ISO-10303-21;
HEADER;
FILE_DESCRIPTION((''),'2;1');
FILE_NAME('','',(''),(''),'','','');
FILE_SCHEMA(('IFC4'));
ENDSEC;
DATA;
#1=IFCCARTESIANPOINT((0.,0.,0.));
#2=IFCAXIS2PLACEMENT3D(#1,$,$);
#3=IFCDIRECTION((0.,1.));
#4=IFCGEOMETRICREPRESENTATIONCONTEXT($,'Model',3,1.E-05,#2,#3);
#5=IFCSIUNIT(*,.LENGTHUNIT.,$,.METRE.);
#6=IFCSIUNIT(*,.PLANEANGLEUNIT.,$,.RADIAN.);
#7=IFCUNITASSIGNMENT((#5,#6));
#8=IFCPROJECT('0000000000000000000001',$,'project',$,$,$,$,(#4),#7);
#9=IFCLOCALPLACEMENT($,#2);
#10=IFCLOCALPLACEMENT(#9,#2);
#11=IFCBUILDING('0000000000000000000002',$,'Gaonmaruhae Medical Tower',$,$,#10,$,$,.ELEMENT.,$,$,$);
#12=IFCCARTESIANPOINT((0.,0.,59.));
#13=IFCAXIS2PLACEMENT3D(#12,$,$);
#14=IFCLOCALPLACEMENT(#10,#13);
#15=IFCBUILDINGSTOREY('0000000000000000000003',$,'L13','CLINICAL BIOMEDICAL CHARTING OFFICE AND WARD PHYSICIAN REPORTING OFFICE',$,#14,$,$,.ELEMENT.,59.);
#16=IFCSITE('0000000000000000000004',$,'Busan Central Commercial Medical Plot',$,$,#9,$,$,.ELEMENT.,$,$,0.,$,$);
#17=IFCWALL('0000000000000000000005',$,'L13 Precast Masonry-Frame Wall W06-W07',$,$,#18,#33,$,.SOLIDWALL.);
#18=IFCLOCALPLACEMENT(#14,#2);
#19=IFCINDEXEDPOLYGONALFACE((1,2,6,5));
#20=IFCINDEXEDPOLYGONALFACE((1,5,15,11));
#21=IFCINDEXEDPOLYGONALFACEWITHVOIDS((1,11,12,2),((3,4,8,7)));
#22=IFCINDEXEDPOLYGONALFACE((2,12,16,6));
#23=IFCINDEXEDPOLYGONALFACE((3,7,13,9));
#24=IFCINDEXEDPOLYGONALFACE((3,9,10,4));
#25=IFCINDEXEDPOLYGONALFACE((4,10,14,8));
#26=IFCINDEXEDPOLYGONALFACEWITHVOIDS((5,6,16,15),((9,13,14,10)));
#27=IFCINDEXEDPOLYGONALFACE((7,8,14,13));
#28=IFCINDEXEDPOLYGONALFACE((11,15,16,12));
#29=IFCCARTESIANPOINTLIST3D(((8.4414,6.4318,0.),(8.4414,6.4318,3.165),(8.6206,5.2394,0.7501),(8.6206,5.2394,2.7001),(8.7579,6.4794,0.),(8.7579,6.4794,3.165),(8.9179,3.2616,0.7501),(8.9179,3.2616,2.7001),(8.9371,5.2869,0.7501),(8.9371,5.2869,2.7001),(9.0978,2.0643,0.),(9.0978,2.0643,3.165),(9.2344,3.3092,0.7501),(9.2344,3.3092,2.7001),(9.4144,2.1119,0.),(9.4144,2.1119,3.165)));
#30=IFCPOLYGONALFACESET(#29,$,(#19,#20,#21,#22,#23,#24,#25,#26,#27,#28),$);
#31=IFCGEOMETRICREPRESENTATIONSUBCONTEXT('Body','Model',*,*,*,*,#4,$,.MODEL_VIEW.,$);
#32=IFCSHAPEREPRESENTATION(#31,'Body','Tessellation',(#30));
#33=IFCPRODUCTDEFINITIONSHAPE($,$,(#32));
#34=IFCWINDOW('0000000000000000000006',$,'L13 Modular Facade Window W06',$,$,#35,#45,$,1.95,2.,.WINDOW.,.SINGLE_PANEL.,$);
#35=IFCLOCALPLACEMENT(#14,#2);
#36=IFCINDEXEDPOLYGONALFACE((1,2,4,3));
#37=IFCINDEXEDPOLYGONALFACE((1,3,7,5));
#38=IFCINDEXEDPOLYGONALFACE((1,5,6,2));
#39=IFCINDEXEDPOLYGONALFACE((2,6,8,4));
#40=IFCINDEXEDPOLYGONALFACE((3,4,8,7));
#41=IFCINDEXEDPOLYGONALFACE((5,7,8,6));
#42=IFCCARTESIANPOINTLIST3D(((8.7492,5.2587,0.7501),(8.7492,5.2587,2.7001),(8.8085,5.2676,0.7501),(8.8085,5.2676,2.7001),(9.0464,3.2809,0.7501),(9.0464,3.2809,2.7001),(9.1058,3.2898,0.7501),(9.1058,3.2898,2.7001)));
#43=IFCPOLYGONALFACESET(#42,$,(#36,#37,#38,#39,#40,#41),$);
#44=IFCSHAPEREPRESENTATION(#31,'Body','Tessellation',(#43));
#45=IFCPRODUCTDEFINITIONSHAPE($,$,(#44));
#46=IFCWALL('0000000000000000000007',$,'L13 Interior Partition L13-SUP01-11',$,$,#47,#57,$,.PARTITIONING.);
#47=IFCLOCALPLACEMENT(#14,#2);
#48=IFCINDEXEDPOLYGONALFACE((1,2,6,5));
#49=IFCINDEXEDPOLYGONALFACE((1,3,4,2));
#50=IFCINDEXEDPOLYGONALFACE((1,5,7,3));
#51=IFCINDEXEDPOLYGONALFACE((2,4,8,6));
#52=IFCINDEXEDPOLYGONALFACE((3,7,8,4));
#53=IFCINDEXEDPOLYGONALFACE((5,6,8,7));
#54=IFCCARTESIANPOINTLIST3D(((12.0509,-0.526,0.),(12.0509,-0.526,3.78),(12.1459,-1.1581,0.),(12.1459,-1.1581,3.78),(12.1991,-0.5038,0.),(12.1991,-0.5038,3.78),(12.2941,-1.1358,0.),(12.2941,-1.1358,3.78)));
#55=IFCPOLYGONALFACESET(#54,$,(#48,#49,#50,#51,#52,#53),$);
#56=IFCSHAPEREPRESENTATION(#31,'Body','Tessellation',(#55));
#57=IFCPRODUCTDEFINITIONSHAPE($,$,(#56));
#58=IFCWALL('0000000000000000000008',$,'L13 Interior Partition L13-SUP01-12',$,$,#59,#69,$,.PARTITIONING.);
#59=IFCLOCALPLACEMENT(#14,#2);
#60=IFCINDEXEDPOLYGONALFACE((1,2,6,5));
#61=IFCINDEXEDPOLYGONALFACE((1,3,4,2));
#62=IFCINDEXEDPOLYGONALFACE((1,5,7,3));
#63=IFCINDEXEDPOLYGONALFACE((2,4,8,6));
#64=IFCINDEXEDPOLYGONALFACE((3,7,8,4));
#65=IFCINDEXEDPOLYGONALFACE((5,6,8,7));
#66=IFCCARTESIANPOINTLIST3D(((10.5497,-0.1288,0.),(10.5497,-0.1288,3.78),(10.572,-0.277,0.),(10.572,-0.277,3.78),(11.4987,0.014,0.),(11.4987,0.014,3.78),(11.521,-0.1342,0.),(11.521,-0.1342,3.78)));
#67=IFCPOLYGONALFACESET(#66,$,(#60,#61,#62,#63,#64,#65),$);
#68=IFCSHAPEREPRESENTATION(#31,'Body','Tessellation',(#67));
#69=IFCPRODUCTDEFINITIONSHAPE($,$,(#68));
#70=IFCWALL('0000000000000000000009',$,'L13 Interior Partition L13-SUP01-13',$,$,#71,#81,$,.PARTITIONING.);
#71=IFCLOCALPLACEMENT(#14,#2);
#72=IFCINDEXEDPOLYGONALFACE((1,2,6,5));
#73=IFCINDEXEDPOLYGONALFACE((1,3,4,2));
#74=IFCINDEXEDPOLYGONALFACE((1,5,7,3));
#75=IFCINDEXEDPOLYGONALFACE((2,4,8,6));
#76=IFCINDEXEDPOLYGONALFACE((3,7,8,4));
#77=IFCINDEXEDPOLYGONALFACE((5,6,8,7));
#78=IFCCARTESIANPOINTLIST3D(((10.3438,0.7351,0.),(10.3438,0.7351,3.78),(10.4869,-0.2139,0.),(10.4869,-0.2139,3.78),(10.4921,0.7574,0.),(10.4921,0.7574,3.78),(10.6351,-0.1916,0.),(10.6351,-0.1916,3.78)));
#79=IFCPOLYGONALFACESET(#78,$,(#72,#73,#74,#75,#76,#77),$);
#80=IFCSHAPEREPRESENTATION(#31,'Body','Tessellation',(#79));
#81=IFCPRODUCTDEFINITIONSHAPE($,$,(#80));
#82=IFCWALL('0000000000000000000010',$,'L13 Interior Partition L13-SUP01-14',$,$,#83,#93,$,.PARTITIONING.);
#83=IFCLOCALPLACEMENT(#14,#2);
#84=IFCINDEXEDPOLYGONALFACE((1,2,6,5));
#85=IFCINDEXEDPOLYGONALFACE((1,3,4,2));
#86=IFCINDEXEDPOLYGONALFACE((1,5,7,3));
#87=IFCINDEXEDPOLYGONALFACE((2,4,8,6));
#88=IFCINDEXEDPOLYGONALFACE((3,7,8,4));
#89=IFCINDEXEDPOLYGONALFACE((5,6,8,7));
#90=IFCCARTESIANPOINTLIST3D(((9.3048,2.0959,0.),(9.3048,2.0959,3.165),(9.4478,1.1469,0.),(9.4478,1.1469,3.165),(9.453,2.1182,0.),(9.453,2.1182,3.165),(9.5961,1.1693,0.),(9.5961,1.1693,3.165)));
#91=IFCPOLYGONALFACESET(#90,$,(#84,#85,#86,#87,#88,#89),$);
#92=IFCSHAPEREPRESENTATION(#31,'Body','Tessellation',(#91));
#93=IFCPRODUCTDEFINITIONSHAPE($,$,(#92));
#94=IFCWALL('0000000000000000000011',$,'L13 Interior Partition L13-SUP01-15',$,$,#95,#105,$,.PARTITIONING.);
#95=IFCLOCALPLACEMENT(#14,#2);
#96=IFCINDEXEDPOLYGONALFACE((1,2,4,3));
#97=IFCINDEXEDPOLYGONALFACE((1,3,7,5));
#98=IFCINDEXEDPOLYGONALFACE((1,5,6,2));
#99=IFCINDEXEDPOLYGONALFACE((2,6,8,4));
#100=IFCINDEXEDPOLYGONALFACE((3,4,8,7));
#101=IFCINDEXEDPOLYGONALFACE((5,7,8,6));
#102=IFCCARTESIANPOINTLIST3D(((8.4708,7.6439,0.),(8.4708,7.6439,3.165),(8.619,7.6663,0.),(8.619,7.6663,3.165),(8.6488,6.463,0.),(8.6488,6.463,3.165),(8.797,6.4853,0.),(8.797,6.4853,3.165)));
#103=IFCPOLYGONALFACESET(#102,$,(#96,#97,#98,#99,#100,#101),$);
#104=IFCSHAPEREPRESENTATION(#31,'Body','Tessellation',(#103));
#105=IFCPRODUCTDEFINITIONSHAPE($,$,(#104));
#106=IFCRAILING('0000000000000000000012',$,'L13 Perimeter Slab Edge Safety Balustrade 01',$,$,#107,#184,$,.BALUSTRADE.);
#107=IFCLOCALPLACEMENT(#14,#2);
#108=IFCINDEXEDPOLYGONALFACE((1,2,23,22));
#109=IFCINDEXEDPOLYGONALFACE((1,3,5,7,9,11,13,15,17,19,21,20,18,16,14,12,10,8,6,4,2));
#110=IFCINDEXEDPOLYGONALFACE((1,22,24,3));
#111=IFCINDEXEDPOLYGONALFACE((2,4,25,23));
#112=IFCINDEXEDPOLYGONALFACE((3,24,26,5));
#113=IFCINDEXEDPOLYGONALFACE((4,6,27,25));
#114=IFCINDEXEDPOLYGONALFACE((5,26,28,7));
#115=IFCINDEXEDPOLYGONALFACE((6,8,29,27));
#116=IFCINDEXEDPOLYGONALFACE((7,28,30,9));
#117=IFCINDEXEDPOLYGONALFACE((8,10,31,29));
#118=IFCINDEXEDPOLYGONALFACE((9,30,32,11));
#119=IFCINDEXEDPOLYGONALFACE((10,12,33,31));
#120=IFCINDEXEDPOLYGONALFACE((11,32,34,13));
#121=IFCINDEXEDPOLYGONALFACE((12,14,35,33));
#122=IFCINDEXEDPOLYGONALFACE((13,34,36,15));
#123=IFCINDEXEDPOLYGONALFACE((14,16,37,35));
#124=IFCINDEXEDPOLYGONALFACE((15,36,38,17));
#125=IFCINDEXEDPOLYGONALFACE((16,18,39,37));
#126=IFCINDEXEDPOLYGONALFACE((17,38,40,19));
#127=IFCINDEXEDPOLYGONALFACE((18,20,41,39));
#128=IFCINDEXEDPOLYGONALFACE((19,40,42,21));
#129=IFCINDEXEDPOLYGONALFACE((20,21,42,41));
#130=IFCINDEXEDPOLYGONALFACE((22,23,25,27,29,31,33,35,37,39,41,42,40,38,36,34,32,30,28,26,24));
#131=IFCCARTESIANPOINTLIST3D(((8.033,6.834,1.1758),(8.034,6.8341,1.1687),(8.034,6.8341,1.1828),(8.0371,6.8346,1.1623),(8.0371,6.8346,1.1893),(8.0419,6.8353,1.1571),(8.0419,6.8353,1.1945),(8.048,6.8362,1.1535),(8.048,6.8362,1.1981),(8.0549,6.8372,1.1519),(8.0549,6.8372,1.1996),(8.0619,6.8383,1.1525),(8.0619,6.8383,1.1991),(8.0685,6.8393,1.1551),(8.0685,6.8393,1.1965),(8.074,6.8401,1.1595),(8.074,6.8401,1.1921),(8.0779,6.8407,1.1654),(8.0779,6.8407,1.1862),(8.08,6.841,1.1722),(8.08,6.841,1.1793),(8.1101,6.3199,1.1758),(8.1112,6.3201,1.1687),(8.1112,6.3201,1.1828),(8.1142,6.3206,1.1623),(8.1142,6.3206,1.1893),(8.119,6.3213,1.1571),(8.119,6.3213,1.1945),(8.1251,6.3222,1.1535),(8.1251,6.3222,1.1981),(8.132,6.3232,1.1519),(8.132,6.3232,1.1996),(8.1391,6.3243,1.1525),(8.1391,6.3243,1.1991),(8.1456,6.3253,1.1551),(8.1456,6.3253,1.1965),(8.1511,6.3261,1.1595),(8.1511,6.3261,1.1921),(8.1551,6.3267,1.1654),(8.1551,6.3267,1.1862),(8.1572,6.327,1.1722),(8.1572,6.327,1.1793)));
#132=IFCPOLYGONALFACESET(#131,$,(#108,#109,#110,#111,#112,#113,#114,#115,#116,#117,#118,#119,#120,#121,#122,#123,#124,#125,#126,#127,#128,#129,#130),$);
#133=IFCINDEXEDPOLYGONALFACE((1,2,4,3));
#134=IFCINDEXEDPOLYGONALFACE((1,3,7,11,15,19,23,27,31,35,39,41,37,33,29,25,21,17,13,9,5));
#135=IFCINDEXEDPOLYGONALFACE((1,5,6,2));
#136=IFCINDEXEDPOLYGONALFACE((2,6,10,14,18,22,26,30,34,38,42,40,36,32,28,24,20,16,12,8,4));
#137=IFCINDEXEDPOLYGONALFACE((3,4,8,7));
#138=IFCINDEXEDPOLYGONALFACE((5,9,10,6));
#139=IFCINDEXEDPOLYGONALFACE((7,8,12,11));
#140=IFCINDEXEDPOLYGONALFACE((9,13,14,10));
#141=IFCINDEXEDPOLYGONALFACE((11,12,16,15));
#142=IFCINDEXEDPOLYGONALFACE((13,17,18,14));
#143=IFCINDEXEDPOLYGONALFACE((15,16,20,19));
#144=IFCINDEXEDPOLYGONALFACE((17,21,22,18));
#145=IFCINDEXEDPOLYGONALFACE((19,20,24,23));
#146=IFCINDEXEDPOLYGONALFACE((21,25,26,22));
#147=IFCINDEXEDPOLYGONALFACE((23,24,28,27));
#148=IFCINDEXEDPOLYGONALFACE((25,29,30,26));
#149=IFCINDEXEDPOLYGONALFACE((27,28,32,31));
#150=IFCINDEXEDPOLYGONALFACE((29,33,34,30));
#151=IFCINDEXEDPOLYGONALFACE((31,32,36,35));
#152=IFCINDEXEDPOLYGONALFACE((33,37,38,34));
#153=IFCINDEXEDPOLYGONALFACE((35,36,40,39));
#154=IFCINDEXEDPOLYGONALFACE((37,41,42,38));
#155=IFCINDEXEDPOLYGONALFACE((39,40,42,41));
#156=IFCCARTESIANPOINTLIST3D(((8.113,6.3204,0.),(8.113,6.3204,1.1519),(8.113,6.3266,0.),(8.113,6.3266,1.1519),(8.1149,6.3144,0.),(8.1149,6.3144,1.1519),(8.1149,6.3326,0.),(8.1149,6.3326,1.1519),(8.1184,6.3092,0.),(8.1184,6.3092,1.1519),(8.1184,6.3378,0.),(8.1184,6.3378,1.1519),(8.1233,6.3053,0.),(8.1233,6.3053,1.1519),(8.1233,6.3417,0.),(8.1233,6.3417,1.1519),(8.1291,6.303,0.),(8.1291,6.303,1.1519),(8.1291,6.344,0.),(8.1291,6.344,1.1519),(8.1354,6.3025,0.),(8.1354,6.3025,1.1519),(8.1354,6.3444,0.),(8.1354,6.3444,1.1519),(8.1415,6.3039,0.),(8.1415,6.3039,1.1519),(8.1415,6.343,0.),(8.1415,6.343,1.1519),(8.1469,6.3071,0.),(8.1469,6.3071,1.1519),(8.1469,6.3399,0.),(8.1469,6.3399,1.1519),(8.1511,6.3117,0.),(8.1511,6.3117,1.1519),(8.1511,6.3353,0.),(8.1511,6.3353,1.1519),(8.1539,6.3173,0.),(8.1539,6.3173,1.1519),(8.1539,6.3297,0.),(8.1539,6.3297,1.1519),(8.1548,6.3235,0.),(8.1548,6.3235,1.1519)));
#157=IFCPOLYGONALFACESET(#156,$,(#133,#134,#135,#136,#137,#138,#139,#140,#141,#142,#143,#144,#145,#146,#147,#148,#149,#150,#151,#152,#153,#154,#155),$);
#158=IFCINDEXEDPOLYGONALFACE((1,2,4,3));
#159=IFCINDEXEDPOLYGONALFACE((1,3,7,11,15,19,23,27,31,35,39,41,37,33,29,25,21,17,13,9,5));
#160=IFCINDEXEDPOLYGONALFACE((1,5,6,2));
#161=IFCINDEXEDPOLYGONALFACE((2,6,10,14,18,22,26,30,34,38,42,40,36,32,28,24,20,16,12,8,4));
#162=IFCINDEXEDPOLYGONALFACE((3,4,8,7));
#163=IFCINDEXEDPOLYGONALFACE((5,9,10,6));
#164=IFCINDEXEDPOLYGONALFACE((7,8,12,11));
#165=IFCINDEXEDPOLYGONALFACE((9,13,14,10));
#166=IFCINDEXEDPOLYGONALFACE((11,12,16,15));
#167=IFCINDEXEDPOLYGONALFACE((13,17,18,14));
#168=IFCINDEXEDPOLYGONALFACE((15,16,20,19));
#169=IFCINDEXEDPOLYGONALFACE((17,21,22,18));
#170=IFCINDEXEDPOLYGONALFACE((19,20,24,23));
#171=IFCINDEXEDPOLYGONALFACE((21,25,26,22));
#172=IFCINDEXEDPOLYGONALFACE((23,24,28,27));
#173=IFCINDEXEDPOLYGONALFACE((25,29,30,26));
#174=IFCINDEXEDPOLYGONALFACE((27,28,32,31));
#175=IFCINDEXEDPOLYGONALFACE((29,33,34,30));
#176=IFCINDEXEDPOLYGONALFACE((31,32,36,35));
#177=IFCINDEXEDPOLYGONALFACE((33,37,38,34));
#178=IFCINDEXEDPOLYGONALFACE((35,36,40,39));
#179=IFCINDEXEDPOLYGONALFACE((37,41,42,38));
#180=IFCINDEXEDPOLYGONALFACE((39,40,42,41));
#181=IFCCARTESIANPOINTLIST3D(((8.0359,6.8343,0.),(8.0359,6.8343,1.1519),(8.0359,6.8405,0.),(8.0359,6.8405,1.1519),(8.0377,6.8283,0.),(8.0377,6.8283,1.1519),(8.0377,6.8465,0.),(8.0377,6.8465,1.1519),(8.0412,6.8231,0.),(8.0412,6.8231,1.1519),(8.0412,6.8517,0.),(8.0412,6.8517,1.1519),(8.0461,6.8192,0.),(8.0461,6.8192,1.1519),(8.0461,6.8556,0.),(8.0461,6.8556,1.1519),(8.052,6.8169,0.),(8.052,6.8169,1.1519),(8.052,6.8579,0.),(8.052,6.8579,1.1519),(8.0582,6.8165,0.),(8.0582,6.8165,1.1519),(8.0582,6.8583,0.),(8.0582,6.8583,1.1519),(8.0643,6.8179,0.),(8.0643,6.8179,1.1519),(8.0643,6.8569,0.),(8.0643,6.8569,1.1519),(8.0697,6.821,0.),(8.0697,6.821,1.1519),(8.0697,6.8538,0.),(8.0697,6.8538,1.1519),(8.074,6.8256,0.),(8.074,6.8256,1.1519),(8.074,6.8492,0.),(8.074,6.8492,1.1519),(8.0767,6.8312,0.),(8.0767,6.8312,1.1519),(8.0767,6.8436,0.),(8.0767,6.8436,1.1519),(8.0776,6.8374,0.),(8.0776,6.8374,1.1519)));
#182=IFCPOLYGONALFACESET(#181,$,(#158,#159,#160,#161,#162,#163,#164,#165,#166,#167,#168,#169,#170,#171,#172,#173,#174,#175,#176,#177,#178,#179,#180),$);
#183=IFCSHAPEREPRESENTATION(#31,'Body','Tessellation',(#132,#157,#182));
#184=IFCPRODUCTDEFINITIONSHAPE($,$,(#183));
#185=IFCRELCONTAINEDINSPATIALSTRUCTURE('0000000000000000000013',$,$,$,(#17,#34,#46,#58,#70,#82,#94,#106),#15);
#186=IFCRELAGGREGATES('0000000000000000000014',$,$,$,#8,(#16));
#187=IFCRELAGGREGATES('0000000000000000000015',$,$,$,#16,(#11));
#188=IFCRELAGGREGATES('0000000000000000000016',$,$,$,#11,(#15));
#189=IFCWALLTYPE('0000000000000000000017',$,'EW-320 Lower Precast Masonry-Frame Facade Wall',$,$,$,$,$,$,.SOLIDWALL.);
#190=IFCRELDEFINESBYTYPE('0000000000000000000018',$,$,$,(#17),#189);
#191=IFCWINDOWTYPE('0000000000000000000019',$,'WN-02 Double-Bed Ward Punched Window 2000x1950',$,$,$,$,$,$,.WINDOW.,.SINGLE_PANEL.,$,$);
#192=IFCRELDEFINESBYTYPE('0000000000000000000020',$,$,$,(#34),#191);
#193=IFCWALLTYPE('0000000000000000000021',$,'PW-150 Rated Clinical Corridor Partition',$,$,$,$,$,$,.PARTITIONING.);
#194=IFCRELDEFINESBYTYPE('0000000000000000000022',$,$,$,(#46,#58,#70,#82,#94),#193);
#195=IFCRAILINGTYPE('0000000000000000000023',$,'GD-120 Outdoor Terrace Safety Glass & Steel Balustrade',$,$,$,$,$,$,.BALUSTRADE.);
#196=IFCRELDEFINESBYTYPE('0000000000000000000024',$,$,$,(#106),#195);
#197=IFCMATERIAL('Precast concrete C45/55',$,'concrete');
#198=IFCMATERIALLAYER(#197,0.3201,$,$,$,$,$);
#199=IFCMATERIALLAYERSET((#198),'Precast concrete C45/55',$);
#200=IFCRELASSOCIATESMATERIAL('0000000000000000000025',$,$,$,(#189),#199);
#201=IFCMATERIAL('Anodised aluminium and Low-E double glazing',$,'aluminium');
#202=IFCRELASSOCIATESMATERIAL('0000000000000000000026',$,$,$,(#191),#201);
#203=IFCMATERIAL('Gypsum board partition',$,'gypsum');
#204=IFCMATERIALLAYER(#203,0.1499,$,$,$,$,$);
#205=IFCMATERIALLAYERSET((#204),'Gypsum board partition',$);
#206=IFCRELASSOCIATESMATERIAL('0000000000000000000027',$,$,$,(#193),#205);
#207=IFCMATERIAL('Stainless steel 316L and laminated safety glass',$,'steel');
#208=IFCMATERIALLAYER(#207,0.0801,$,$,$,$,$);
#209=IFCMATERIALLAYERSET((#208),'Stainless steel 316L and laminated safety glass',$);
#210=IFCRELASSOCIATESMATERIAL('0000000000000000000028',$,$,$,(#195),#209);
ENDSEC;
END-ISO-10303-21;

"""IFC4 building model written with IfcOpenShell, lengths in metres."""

from ifc_helpers import new_model, si_unit, direction, frame, frame_2d, origin, origin_2d, place, context, subcontext, project, spatial, rectangle, circle, extrude, material, layer, layer_set, type_object, element, fill, save


model = new_model("IFC4")

# Units and contexts
model_context = context("Model", 3, precision=1e-05, world=origin(), true_north=direction((0.0, 1.0)))
body_context = subcontext(model_context, "Body", "Model", "MODEL_VIEW")
ifc_project = project(units=[si_unit("LENGTHUNIT", "METRE"), si_unit("PLANEANGLEUNIT", "RADIAN")], contexts=[model_context])

# Site, building, storey
site_placement = place(None, origin())
site = spatial("IfcSite", under=ifc_project, at=site_placement, Name="Busan Central Commercial Medical Plot", CompositionType="ELEMENT", RefElevation=0.0)
building_placement = place(site_placement, origin())
building = spatial("IfcBuilding", under=site, at=building_placement, Name="Gaonmaruhae Medical Tower", CompositionType="ELEMENT")
storey_placement = place(building_placement, frame((0.0, 0.0, 59.0)))
storey = spatial("IfcBuildingStorey", under=building, at=storey_placement, Name="L13", Description="CLINICAL BIOMEDICAL CHARTING OFFICE AND WARD PHYSICIAN REPORTING OFFICE", CompositionType="ELEMENT", Elevation=59.0)

# Wall, opening, window
ifc_material_1 = material(Name="Precast concrete C45/55", Category="concrete")
ifc_layer_1 = layer(ifc_material_1, 0.3201)
ifc_layer_set_1 = layer_set([ifc_layer_1], Name="Precast concrete C45/55")
wall_type_1 = type_object("IfcWallType", Name="EW-320 Lower Precast Masonry-Frame Facade Wall", PredefinedType="SOLIDWALL", material=ifc_layer_set_1)
wall_1_placement = place(storey_placement, frame((9.2561, 2.0881, 0.0), z_axis=(0.0, 0.0, 1.0), x_axis=(-0.148646, 0.98889, 0.0)))
wall_1 = element("IfcWall", 1, at=wall_1_placement, inside=storey, type_object=wall_type_1, Name="L13 Precast Masonry-Frame Wall W06-W07", PredefinedType="SOLIDWALL", context=body_context, shape_type="SweptSolid", body=[
    extrude(rectangle(XDim=4.4165, YDim=0.3201, at=frame_2d((2.2083, 0.0))), origin(), (0.0, 0.0, 1.0), 3.165),
])
opening_placement = place(wall_1_placement, frame((1.2107, 0.0, 0.75)))
opening = element("IfcOpeningElement", 2, at=opening_placement, cuts=wall_1, PredefinedType="OPENING", context=body_context, shape_type="SweptSolid", body=[
    extrude(rectangle(XDim=2.0, YDim=1.95, at=frame_2d((1.0, 0.9751))), frame((0.0, 0.1699, 0.0), z_axis=(0.0, -1.0, 0.0), x_axis=(1.0, 0.0, 0.0)), (0.0, 0.0, 1.0), 0.3401),
])
ifc_material_2 = material(Name="Anodised aluminium and Low-E double glazing", Category="aluminium")
window_type = type_object("IfcWindowType", Name="WN-02 Double-Bed Ward Punched Window 2000x1950", PartitioningType="SINGLE_PANEL", PredefinedType="WINDOW", material=ifc_material_2)
window_placement = place(opening_placement, origin())
window = element("IfcWindow", 3, at=window_placement, inside=storey, type_object=window_type, Name="L13 Modular Facade Window W06", OverallHeight=1.95, OverallWidth=2.0, PartitioningType="SINGLE_PANEL", PredefinedType="WINDOW", context=body_context, shape_type="SweptSolid", body=[
    extrude(rectangle(XDim=2.0, YDim=1.95, at=frame_2d((1.0, 0.9751))), frame((0.0, 0.03, 0.0), z_axis=(0.0, -1.0, 0.0), x_axis=(1.0, 0.0, 0.0)), (0.0, 0.0, 1.0), 0.0601),
])
fill(opening, window)

# Walls
ifc_material_3 = material(Name="Gypsum board partition", Category="gypsum")
ifc_layer_2 = layer(ifc_material_3, 0.1499)
ifc_layer_set_2 = layer_set([ifc_layer_2], Name="Gypsum board partition")
wall_type_2 = type_object("IfcWallType", Name="PW-150 Rated Clinical Corridor Partition", PredefinedType="PARTITIONING", material=ifc_layer_set_2)
wall_2_placement = place(storey_placement, frame((12.22, -1.147, 0.0), z_axis=(0.0, 0.0, 1.0), x_axis=(-0.148583, 0.9889, 0.0)))
element("IfcWall", 4, at=wall_2_placement, inside=storey, type_object=wall_type_2, Name="L13 Interior Partition L13-SUP01-11", PredefinedType="PARTITIONING", context=body_context, shape_type="SweptSolid", body=[
    extrude(rectangle(XDim=0.6392, YDim=0.1499, at=frame_2d((0.3196, 0.0))), origin(), (0.0, 0.0, 1.0), 3.78),
])
for number, where, z_axis, x_axis, name in (
    (5, (11.51, -0.0601, 0.0), (0.0, 0.0, 1.0), (-0.988863, -0.148826, 0.0), "L13 Interior Partition L13-SUP01-12"),
    (6, (10.561, -0.2029, 0.0), (0.0, 0.0, 1.0), (-0.149074, 0.988826, 0.0), "L13 Interior Partition L13-SUP01-13"),
):
    element("IfcWall", number, at=place(storey_placement, frame(where, z_axis=z_axis, x_axis=x_axis)), inside=storey, type_object=wall_type_2, Name=name, PredefinedType="PARTITIONING", context=body_context, shape_type="SweptSolid", body=[
        extrude(rectangle(XDim=0.9597, YDim=0.1499, at=frame_2d((0.48, 0.0))), origin(), (0.0, 0.0, 1.0), 3.78),
    ])
wall_3_placement = place(storey_placement, frame((9.522, 1.158, 0.0), z_axis=(0.0, 0.0, 1.0), x_axis=(-0.149074, 0.988826, 0.0)))
element("IfcWall", 7, at=wall_3_placement, inside=storey, type_object=wall_type_2, Name="L13 Interior Partition L13-SUP01-14", PredefinedType="PARTITIONING", context=body_context, shape_type="SweptSolid", body=[
    extrude(rectangle(XDim=0.9597, YDim=0.1499, at=frame_2d((0.48, 0.0))), origin(), (0.0, 0.0, 1.0), 3.165),
])
wall_4_placement = place(storey_placement, frame((8.7229, 6.4741, 0.0), z_axis=(0.0, 0.0, 1.0), x_axis=(-0.14903, 0.988833, 0.0)))
element("IfcWall", 8, at=wall_4_placement, inside=storey, type_object=wall_type_2, Name="L13 Interior Partition L13-SUP01-15", PredefinedType="PARTITIONING", context=body_context, shape_type="SweptSolid", body=[
    extrude(rectangle(XDim=1.1943, YDim=0.1499, at=frame_2d((0.5972, 0.0))), origin(), (0.0, 0.0, 1.0), 3.165),
])

# Railing
ifc_material_4 = material(Name="Stainless steel 316L and laminated safety glass", Category="steel")
ifc_layer_3 = layer(ifc_material_4, 0.0801)
ifc_layer_set_3 = layer_set([ifc_layer_3], Name="Stainless steel 316L and laminated safety glass")
railing_type = type_object("IfcRailingType", Name="GD-120 Outdoor Terrace Safety Glass & Steel Balustrade", PredefinedType="BALUSTRADE", material=ifc_layer_set_3)
railing_1_placement = place(storey_placement, frame((8.1338, 6.3235, 0.0)))
element("IfcRailing", 9, at=railing_1_placement, inside=storey, type_object=railing_type, Name="L13 Perimeter Slab Edge Safety Balustrade 01", PredefinedType="BALUSTRADE", context=body_context, shape_type="SweptSolid", body=[
    extrude(circle(Radius=0.0239, at=origin_2d()), frame((0.0, 0.0, 1.1758), z_axis=(-0.148455, 0.988919, 0.0), x_axis=(-0.988919, -0.148455, 0.0)), (0.0, 0.0, 1.0), 0.5198),
    extrude(circle(Radius=0.021, at=origin_2d()), origin(), (0.0, 0.0, 1.0), 1.1519),
    extrude(circle(Radius=0.021, at=origin_2d()), frame((-0.0771, 0.5139, 0.0)), (0.0, 0.0, 1.0), 1.1519),
])

save(model, "model.ifc")
